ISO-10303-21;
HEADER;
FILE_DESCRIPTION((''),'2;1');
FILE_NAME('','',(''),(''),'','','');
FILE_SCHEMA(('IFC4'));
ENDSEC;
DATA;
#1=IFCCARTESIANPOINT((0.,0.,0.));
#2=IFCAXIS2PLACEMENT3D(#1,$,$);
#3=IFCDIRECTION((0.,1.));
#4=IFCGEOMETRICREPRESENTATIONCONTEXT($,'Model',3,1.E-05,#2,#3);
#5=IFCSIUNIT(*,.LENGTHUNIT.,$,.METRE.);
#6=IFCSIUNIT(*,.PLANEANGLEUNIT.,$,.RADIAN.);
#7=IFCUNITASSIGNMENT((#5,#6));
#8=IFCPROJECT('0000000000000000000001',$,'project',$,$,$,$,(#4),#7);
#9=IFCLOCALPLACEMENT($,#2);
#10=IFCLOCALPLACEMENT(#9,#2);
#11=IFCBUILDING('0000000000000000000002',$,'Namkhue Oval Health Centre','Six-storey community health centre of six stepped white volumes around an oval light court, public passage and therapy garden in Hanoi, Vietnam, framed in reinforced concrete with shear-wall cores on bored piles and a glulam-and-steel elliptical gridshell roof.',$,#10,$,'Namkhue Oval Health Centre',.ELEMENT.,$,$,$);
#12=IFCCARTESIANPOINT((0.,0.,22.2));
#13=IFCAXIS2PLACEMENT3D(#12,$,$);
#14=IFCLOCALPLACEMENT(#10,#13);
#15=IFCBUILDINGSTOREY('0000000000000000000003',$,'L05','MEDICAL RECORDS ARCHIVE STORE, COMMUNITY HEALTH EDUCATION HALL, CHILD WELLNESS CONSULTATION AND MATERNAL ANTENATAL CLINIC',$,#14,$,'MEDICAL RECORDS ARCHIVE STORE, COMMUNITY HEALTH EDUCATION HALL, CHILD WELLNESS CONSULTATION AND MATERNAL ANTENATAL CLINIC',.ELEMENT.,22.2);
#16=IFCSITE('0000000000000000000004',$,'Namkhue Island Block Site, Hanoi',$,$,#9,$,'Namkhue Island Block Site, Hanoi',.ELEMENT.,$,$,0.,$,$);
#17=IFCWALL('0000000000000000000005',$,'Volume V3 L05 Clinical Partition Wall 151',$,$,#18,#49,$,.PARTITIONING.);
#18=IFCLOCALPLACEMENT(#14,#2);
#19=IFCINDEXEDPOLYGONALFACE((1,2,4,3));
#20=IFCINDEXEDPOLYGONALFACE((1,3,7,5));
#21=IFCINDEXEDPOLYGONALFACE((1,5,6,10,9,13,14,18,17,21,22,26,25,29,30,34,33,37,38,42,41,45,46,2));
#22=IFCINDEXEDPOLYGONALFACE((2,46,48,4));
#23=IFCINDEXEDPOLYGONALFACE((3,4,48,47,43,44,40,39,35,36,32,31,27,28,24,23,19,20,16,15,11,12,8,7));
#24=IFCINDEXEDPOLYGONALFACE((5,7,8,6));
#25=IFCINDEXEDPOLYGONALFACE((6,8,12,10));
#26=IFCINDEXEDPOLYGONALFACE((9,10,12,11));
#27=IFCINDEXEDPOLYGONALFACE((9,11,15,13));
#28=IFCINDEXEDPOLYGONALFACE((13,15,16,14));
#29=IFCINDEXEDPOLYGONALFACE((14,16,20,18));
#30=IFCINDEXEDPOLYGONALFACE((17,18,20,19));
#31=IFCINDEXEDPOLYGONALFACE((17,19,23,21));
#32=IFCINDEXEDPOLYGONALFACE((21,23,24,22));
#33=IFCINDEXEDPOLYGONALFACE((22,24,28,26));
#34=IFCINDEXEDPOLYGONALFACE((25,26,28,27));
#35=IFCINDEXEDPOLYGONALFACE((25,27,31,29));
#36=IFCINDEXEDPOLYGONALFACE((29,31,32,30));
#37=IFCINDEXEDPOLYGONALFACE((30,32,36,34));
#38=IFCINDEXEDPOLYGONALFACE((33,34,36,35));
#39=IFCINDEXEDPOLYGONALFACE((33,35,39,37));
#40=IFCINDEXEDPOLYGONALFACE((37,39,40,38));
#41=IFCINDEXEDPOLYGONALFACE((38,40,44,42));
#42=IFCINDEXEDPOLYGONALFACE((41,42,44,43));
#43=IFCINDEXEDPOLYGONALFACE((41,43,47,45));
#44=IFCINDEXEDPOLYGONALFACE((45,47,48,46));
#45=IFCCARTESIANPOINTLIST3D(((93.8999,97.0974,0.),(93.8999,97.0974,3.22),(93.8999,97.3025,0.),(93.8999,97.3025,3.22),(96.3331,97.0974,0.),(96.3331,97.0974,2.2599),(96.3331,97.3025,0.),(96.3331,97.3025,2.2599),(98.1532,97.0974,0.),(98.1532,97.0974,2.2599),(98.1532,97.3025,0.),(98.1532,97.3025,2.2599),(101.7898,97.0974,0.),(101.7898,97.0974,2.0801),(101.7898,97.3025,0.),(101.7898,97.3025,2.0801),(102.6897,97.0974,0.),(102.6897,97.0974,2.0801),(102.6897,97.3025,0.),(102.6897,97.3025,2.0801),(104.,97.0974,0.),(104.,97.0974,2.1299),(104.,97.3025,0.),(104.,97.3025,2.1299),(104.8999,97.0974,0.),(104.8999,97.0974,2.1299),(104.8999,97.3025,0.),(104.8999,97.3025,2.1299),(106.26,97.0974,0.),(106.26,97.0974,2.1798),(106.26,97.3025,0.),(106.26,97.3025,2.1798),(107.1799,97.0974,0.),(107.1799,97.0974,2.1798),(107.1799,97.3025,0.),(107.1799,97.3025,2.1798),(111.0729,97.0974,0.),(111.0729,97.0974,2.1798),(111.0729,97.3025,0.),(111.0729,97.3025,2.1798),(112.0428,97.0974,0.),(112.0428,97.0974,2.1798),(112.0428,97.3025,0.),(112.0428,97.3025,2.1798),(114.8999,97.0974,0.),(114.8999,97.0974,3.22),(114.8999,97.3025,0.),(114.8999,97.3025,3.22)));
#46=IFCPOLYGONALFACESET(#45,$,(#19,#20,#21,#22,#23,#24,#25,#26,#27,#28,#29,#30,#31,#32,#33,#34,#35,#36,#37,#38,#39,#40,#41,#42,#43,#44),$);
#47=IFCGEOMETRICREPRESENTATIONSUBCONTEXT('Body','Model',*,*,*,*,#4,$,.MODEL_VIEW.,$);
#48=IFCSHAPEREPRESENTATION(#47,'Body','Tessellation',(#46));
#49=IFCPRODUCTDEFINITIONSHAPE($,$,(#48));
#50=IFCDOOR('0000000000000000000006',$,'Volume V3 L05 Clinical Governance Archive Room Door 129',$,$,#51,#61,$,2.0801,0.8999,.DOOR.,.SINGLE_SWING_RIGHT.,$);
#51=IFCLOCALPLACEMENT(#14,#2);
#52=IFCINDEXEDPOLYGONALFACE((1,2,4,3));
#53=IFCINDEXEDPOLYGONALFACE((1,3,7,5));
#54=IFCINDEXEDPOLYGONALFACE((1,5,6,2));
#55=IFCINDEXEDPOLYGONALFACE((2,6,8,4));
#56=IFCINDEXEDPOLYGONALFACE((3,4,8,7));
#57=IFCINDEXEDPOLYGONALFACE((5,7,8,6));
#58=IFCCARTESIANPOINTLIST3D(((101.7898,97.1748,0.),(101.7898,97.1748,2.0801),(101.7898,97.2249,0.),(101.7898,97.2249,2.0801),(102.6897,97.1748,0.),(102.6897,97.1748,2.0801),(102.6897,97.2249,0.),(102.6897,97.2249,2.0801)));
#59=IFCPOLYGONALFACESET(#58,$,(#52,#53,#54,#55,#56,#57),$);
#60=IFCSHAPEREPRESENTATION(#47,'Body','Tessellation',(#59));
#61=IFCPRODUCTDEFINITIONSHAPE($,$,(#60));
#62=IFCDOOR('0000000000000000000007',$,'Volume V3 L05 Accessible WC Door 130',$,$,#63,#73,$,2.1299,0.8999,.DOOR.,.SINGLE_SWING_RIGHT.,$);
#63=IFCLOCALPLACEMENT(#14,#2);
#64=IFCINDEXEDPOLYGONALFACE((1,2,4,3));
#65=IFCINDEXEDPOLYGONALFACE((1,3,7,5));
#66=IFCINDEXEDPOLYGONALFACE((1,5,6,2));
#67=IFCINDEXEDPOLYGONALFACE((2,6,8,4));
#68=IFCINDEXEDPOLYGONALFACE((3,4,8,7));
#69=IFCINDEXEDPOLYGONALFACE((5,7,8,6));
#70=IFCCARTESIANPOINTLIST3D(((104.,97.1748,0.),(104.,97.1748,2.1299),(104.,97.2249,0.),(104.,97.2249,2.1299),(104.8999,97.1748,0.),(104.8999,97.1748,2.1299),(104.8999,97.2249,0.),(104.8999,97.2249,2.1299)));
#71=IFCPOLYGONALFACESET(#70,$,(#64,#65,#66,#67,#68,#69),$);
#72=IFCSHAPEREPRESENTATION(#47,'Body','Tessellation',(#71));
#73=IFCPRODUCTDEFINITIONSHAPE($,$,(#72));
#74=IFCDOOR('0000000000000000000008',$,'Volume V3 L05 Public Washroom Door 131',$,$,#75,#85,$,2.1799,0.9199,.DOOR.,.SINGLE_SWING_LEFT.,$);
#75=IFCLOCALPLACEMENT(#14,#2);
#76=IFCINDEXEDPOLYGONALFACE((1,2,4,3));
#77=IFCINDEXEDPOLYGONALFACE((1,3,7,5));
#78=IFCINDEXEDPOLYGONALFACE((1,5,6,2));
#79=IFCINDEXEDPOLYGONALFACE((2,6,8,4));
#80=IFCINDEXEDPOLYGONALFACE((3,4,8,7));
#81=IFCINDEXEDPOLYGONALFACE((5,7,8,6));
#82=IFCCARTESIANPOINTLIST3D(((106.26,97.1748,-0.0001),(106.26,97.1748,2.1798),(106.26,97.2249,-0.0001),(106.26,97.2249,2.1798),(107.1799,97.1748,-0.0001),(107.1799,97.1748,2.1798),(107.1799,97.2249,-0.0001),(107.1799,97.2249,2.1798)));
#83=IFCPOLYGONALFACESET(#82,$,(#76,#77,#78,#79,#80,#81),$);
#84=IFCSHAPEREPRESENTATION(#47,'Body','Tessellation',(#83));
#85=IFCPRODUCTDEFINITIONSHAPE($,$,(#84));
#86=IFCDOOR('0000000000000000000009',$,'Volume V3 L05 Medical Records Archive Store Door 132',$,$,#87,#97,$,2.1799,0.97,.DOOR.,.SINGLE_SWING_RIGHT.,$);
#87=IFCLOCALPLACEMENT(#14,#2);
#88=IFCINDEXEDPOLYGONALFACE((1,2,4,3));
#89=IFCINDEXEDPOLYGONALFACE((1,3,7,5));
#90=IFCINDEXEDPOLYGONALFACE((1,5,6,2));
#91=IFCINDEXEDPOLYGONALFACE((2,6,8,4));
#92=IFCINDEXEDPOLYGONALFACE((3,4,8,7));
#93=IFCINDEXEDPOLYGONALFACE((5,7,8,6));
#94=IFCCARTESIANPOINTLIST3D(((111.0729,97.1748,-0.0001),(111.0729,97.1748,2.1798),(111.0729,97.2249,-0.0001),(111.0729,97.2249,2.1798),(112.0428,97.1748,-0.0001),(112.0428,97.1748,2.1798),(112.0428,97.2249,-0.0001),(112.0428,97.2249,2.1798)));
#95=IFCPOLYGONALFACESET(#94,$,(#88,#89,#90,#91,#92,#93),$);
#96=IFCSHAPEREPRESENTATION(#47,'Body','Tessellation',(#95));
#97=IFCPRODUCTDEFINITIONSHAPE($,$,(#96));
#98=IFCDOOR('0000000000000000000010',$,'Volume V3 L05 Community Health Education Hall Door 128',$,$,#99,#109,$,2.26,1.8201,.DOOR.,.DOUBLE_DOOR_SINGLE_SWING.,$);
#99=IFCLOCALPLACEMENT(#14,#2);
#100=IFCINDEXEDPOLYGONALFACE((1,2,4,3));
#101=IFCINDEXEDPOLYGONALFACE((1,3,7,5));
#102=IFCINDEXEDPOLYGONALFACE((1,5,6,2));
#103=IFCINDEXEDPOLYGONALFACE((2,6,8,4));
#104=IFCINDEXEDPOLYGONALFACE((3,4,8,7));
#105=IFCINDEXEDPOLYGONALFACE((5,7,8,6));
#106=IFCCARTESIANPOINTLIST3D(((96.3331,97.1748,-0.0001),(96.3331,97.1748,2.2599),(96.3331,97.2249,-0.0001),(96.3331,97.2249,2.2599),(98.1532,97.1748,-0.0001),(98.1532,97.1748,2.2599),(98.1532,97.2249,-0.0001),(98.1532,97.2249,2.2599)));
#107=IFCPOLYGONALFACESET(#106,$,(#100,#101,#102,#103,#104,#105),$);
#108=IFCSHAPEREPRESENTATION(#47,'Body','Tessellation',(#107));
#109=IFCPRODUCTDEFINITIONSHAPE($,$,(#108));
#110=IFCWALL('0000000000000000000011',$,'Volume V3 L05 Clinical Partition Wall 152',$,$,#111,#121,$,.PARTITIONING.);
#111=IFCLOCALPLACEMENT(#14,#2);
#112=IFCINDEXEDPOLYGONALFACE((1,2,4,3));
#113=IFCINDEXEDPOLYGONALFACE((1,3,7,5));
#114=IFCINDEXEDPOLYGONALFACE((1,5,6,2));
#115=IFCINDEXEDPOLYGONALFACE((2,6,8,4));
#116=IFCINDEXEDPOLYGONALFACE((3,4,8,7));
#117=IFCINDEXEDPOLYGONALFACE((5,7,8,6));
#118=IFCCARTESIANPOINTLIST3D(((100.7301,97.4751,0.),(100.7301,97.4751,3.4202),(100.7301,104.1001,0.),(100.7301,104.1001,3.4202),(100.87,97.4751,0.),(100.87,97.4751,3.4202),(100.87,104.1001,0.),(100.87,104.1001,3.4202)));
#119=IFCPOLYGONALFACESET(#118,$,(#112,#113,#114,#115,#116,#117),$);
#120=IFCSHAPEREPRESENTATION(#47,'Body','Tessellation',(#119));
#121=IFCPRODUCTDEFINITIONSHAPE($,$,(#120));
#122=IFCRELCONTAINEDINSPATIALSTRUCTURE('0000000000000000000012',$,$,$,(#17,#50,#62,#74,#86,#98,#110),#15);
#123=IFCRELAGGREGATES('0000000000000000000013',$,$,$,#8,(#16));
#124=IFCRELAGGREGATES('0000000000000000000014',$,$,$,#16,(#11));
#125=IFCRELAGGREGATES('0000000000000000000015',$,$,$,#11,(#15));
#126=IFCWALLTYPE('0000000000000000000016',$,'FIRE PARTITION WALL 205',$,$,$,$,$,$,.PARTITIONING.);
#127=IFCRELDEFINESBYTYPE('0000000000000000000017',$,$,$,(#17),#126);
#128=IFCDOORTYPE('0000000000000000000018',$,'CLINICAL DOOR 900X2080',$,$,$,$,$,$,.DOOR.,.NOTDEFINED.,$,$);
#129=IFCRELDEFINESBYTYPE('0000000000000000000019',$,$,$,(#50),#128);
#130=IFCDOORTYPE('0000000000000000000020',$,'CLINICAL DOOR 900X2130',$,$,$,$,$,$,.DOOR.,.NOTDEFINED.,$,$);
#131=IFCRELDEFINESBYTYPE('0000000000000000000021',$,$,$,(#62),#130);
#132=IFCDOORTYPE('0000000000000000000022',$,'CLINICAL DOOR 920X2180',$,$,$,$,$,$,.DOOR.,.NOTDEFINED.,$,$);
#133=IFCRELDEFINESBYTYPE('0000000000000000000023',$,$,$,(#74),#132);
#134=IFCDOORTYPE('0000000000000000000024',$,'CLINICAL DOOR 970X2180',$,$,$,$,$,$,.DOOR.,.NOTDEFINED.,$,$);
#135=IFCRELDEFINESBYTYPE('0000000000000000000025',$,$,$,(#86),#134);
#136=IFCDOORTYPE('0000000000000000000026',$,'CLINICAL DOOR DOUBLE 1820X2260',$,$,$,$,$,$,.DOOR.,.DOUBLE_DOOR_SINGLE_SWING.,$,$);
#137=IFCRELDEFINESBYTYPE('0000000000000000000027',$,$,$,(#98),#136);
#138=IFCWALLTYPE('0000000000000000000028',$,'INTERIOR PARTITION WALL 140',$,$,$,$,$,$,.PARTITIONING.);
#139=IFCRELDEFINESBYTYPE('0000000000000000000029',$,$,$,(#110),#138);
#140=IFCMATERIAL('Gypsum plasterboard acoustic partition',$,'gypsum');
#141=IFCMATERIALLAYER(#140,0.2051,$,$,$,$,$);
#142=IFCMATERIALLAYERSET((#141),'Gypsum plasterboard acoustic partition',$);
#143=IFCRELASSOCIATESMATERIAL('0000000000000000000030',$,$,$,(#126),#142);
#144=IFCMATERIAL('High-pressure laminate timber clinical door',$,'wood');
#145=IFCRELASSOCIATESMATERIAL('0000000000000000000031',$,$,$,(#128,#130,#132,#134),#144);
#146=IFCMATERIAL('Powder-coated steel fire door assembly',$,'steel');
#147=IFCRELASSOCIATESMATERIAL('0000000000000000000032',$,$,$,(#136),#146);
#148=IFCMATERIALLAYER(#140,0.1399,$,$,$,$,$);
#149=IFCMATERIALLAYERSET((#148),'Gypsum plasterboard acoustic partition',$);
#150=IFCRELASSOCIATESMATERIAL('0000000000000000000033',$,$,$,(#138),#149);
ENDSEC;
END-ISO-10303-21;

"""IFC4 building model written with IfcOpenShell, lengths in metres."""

from ifc_helpers import new_model, si_unit, direction, frame, frame_2d, origin, place, context, subcontext, project, spatial, rectangle, extrude, material, layer, layer_set, type_object, element, fill, save


model = new_model("IFC4")

# Units and contexts
model_context = context("Model", 3, precision=1e-05, world=origin(), true_north=direction((0.0, 1.0)))
body_context = subcontext(model_context, "Body", "Model", "MODEL_VIEW")
ifc_project = project(units=[si_unit("LENGTHUNIT", "METRE"), si_unit("PLANEANGLEUNIT", "RADIAN")], contexts=[model_context])

# Site, building, storey
site_placement = place(None, origin())
site = spatial("IfcSite", under=ifc_project, at=site_placement, Name="Namkhue Island Block Site, Hanoi", LongName="Namkhue Island Block Site, Hanoi", CompositionType="ELEMENT", RefElevation=0.0)
building_placement = place(site_placement, origin())
building = spatial("IfcBuilding", under=site, at=building_placement, Name="Namkhue Oval Health Centre", Description="Six-storey community health centre of six stepped white volumes around an oval light court, public passage and therapy garden in Hanoi, Vietnam, framed in reinforced concrete with shear-wall cores on bored piles and a glulam-and-steel elliptical gridshell roof.", LongName="Namkhue Oval Health Centre", CompositionType="ELEMENT")
storey_placement = place(building_placement, frame((0.0, 0.0, 22.2)))
storey = spatial("IfcBuildingStorey", under=building, at=storey_placement, Name="L05", Description="MEDICAL RECORDS ARCHIVE STORE, COMMUNITY HEALTH EDUCATION HALL, CHILD WELLNESS CONSULTATION AND MATERNAL ANTENATAL CLINIC", LongName="MEDICAL RECORDS ARCHIVE STORE, COMMUNITY HEALTH EDUCATION HALL, CHILD WELLNESS CONSULTATION AND MATERNAL ANTENATAL CLINIC", CompositionType="ELEMENT", Elevation=22.2)

# Wall, openings, doors
ifc_material_1 = material(Name="Gypsum plasterboard acoustic partition", Category="gypsum")
ifc_layer_1 = layer(ifc_material_1, 0.2051)
ifc_layer_set_1 = layer_set([ifc_layer_1], Name="Gypsum plasterboard acoustic partition")
wall_type_1 = type_object("IfcWallType", Name="FIRE PARTITION WALL 205", PredefinedType="PARTITIONING", material=ifc_layer_set_1)
wall_1_placement = place(storey_placement, frame((93.8999, 97.2, 0.0), z_axis=(0.0, 0.0, 1.0), x_axis=(1.0, 0.0, 0.0)))
wall_1 = element("IfcWall", 1, at=wall_1_placement, inside=storey, type_object=wall_type_1, Name="Volume V3 L05 Clinical Partition Wall 151", PredefinedType="PARTITIONING", context=body_context, shape_type="SweptSolid", body=[
    extrude(rectangle(XDim=21.0, YDim=0.2051, at=frame_2d((10.5, 0.0))), origin(), (0.0, 0.0, 1.0), 3.22),
])
opening_1_placement = place(wall_1_placement, frame((2.4331, 0.0, 0.0)))
opening_1 = element("IfcOpeningElement", 2, at=opening_1_placement, cuts=wall_1, PredefinedType="OPENING", context=body_context, shape_type="SweptSolid", body=[
    extrude(rectangle(XDim=1.8201, YDim=2.26, at=frame_2d((0.9102, 1.1299))), frame((0.0, 0.1125, 0.0), z_axis=(0.0, -1.0, 0.0), x_axis=(1.0, 0.0, 0.0)), (0.0, 0.0, 1.0), 0.2251),
])
opening_2_placement = place(wall_1_placement, frame((7.8899, 0.0, 0.0)))
opening_2 = element("IfcOpeningElement", 3, at=opening_2_placement, cuts=wall_1, PredefinedType="OPENING", context=body_context, shape_type="SweptSolid", body=[
    extrude(rectangle(XDim=0.8999, YDim=2.0801, at=frame_2d((0.45, 1.04))), frame((0.0, 0.1125, 0.0), z_axis=(0.0, -1.0, 0.0), x_axis=(1.0, 0.0, 0.0)), (0.0, 0.0, 1.0), 0.2251),
])
opening_3_placement = place(wall_1_placement, frame((10.1001, 0.0, 0.0)))
opening_3 = element("IfcOpeningElement", 4, at=opening_3_placement, cuts=wall_1, PredefinedType="OPENING", context=body_context, shape_type="SweptSolid", body=[
    extrude(rectangle(XDim=0.8999, YDim=2.1299, at=frame_2d((0.45, 1.0649))), frame((0.0, 0.1125, 0.0), z_axis=(0.0, -1.0, 0.0), x_axis=(1.0, 0.0, 0.0)), (0.0, 0.0, 1.0), 0.2251),
])
opening_4_placement = place(wall_1_placement, frame((12.3601, 0.0, 0.0)))
opening_4 = element("IfcOpeningElement", 5, at=opening_4_placement, cuts=wall_1, PredefinedType="OPENING", context=body_context, shape_type="SweptSolid", body=[
    extrude(rectangle(XDim=0.9199, YDim=2.1799, at=frame_2d((0.46, 1.0898))), frame((0.0, 0.1125, 0.0), z_axis=(0.0, -1.0, 0.0), x_axis=(1.0, 0.0, 0.0)), (0.0, 0.0, 1.0), 0.2251),
])
opening_5_placement = place(wall_1_placement, frame((17.1731, 0.0, 0.0)))
opening_5 = element("IfcOpeningElement", 6, at=opening_5_placement, cuts=wall_1, PredefinedType="OPENING", context=body_context, shape_type="SweptSolid", body=[
    extrude(rectangle(XDim=0.97, YDim=2.1799, at=frame_2d((0.4849, 1.0898))), frame((0.0, 0.1125, 0.0), z_axis=(0.0, -1.0, 0.0), x_axis=(1.0, 0.0, 0.0)), (0.0, 0.0, 1.0), 0.2251),
])
ifc_material_2 = material(Name="High-pressure laminate timber clinical door", Category="wood")
door_type_1 = type_object("IfcDoorType", Name="CLINICAL DOOR 900X2080", OperationType="NOTDEFINED", PredefinedType="DOOR", material=ifc_material_2)
door_1_placement = place(opening_2_placement, origin())
door_1 = element("IfcDoor", 7, at=door_1_placement, inside=storey, type_object=door_type_1, Name="Volume V3 L05 Clinical Governance Archive Room Door 129", OperationType="SINGLE_SWING_RIGHT", OverallHeight=2.0801, OverallWidth=0.8999, PredefinedType="DOOR", context=body_context, shape_type="SweptSolid", body=[
    extrude(rectangle(XDim=0.8999, YDim=2.0801, at=frame_2d((0.45, 1.04))), frame((0.0, 0.0249, 0.0), z_axis=(0.0, -1.0, 0.0), x_axis=(1.0, 0.0, 0.0)), (0.0, 0.0, 1.0), 0.05),
])
fill(opening_2, door_1)
door_type_2 = type_object("IfcDoorType", Name="CLINICAL DOOR 900X2130", OperationType="NOTDEFINED", PredefinedType="DOOR", material=ifc_material_2)
door_2_placement = place(opening_3_placement, origin())
door_2 = element("IfcDoor", 8, at=door_2_placement, inside=storey, type_object=door_type_2, Name="Volume V3 L05 Accessible WC Door 130", OperationType="SINGLE_SWING_RIGHT", OverallHeight=2.1299, OverallWidth=0.8999, PredefinedType="DOOR", context=body_context, shape_type="SweptSolid", body=[
    extrude(rectangle(XDim=0.8999, YDim=2.1299, at=frame_2d((0.45, 1.0649))), frame((0.0, 0.0249, 0.0), z_axis=(0.0, -1.0, 0.0), x_axis=(1.0, 0.0, 0.0)), (0.0, 0.0, 1.0), 0.05),
])
fill(opening_3, door_2)
door_type_3 = type_object("IfcDoorType", Name="CLINICAL DOOR 920X2180", OperationType="NOTDEFINED", PredefinedType="DOOR", material=ifc_material_2)
door_3_placement = place(opening_4_placement, origin())
door_3 = element("IfcDoor", 9, at=door_3_placement, inside=storey, type_object=door_type_3, Name="Volume V3 L05 Public Washroom Door 131", OperationType="SINGLE_SWING_LEFT", OverallHeight=2.1799, OverallWidth=0.9199, PredefinedType="DOOR", context=body_context, shape_type="SweptSolid", body=[
    extrude(rectangle(XDim=0.9199, YDim=2.1799, at=frame_2d((0.46, 1.0898))), frame((0.0, 0.0249, 0.0), z_axis=(0.0, -1.0, 0.0), x_axis=(1.0, 0.0, 0.0)), (0.0, 0.0, 1.0), 0.05),
])
fill(opening_4, door_3)
door_type_4 = type_object("IfcDoorType", Name="CLINICAL DOOR 970X2180", OperationType="NOTDEFINED", PredefinedType="DOOR", material=ifc_material_2)
door_4_placement = place(opening_5_placement, origin())
door_4 = element("IfcDoor", 10, at=door_4_placement, inside=storey, type_object=door_type_4, Name="Volume V3 L05 Medical Records Archive Store Door 132", OperationType="SINGLE_SWING_RIGHT", OverallHeight=2.1799, OverallWidth=0.97, PredefinedType="DOOR", context=body_context, shape_type="SweptSolid", body=[
    extrude(rectangle(XDim=0.97, YDim=2.1799, at=frame_2d((0.4849, 1.0898))), frame((0.0, 0.0249, 0.0), z_axis=(0.0, -1.0, 0.0), x_axis=(1.0, 0.0, 0.0)), (0.0, 0.0, 1.0), 0.05),
])
fill(opening_5, door_4)
ifc_material_3 = material(Name="Powder-coated steel fire door assembly", Category="steel")
door_type_5 = type_object("IfcDoorType", Name="CLINICAL DOOR DOUBLE 1820X2260", OperationType="DOUBLE_DOOR_SINGLE_SWING", PredefinedType="DOOR", material=ifc_material_3)
door_5_placement = place(opening_1_placement, origin())
door_5 = element("IfcDoor", 11, at=door_5_placement, inside=storey, type_object=door_type_5, Name="Volume V3 L05 Community Health Education Hall Door 128", OperationType="DOUBLE_DOOR_SINGLE_SWING", OverallHeight=2.26, OverallWidth=1.8201, PredefinedType="DOOR", context=body_context, shape_type="SweptSolid", body=[
    extrude(rectangle(XDim=1.8201, YDim=2.26, at=frame_2d((0.9102, 1.1299))), frame((0.0, 0.0249, 0.0), z_axis=(0.0, -1.0, 0.0), x_axis=(1.0, 0.0, 0.0)), (0.0, 0.0, 1.0), 0.05),
])
fill(opening_1, door_5)

# Wall
ifc_layer_2 = layer(ifc_material_1, 0.1399)
ifc_layer_set_2 = layer_set([ifc_layer_2], Name="Gypsum plasterboard acoustic partition")
wall_type_2 = type_object("IfcWallType", Name="INTERIOR PARTITION WALL 140", PredefinedType="PARTITIONING", material=ifc_layer_set_2)
wall_2_placement = place(storey_placement, frame((100.8, 97.4751, 0.0), z_axis=(0.0, 0.0, 1.0), x_axis=(0.0, 1.0, 0.0)))
element("IfcWall", 12, at=wall_2_placement, inside=storey, type_object=wall_type_2, Name="Volume V3 L05 Clinical Partition Wall 152", PredefinedType="PARTITIONING", context=body_context, shape_type="SweptSolid", body=[
    extrude(rectangle(XDim=6.625, YDim=0.1399, at=frame_2d((3.3125, 0.0))), origin(), (0.0, 0.0, 1.0), 3.4202),
])

save(model, "model.ifc")
